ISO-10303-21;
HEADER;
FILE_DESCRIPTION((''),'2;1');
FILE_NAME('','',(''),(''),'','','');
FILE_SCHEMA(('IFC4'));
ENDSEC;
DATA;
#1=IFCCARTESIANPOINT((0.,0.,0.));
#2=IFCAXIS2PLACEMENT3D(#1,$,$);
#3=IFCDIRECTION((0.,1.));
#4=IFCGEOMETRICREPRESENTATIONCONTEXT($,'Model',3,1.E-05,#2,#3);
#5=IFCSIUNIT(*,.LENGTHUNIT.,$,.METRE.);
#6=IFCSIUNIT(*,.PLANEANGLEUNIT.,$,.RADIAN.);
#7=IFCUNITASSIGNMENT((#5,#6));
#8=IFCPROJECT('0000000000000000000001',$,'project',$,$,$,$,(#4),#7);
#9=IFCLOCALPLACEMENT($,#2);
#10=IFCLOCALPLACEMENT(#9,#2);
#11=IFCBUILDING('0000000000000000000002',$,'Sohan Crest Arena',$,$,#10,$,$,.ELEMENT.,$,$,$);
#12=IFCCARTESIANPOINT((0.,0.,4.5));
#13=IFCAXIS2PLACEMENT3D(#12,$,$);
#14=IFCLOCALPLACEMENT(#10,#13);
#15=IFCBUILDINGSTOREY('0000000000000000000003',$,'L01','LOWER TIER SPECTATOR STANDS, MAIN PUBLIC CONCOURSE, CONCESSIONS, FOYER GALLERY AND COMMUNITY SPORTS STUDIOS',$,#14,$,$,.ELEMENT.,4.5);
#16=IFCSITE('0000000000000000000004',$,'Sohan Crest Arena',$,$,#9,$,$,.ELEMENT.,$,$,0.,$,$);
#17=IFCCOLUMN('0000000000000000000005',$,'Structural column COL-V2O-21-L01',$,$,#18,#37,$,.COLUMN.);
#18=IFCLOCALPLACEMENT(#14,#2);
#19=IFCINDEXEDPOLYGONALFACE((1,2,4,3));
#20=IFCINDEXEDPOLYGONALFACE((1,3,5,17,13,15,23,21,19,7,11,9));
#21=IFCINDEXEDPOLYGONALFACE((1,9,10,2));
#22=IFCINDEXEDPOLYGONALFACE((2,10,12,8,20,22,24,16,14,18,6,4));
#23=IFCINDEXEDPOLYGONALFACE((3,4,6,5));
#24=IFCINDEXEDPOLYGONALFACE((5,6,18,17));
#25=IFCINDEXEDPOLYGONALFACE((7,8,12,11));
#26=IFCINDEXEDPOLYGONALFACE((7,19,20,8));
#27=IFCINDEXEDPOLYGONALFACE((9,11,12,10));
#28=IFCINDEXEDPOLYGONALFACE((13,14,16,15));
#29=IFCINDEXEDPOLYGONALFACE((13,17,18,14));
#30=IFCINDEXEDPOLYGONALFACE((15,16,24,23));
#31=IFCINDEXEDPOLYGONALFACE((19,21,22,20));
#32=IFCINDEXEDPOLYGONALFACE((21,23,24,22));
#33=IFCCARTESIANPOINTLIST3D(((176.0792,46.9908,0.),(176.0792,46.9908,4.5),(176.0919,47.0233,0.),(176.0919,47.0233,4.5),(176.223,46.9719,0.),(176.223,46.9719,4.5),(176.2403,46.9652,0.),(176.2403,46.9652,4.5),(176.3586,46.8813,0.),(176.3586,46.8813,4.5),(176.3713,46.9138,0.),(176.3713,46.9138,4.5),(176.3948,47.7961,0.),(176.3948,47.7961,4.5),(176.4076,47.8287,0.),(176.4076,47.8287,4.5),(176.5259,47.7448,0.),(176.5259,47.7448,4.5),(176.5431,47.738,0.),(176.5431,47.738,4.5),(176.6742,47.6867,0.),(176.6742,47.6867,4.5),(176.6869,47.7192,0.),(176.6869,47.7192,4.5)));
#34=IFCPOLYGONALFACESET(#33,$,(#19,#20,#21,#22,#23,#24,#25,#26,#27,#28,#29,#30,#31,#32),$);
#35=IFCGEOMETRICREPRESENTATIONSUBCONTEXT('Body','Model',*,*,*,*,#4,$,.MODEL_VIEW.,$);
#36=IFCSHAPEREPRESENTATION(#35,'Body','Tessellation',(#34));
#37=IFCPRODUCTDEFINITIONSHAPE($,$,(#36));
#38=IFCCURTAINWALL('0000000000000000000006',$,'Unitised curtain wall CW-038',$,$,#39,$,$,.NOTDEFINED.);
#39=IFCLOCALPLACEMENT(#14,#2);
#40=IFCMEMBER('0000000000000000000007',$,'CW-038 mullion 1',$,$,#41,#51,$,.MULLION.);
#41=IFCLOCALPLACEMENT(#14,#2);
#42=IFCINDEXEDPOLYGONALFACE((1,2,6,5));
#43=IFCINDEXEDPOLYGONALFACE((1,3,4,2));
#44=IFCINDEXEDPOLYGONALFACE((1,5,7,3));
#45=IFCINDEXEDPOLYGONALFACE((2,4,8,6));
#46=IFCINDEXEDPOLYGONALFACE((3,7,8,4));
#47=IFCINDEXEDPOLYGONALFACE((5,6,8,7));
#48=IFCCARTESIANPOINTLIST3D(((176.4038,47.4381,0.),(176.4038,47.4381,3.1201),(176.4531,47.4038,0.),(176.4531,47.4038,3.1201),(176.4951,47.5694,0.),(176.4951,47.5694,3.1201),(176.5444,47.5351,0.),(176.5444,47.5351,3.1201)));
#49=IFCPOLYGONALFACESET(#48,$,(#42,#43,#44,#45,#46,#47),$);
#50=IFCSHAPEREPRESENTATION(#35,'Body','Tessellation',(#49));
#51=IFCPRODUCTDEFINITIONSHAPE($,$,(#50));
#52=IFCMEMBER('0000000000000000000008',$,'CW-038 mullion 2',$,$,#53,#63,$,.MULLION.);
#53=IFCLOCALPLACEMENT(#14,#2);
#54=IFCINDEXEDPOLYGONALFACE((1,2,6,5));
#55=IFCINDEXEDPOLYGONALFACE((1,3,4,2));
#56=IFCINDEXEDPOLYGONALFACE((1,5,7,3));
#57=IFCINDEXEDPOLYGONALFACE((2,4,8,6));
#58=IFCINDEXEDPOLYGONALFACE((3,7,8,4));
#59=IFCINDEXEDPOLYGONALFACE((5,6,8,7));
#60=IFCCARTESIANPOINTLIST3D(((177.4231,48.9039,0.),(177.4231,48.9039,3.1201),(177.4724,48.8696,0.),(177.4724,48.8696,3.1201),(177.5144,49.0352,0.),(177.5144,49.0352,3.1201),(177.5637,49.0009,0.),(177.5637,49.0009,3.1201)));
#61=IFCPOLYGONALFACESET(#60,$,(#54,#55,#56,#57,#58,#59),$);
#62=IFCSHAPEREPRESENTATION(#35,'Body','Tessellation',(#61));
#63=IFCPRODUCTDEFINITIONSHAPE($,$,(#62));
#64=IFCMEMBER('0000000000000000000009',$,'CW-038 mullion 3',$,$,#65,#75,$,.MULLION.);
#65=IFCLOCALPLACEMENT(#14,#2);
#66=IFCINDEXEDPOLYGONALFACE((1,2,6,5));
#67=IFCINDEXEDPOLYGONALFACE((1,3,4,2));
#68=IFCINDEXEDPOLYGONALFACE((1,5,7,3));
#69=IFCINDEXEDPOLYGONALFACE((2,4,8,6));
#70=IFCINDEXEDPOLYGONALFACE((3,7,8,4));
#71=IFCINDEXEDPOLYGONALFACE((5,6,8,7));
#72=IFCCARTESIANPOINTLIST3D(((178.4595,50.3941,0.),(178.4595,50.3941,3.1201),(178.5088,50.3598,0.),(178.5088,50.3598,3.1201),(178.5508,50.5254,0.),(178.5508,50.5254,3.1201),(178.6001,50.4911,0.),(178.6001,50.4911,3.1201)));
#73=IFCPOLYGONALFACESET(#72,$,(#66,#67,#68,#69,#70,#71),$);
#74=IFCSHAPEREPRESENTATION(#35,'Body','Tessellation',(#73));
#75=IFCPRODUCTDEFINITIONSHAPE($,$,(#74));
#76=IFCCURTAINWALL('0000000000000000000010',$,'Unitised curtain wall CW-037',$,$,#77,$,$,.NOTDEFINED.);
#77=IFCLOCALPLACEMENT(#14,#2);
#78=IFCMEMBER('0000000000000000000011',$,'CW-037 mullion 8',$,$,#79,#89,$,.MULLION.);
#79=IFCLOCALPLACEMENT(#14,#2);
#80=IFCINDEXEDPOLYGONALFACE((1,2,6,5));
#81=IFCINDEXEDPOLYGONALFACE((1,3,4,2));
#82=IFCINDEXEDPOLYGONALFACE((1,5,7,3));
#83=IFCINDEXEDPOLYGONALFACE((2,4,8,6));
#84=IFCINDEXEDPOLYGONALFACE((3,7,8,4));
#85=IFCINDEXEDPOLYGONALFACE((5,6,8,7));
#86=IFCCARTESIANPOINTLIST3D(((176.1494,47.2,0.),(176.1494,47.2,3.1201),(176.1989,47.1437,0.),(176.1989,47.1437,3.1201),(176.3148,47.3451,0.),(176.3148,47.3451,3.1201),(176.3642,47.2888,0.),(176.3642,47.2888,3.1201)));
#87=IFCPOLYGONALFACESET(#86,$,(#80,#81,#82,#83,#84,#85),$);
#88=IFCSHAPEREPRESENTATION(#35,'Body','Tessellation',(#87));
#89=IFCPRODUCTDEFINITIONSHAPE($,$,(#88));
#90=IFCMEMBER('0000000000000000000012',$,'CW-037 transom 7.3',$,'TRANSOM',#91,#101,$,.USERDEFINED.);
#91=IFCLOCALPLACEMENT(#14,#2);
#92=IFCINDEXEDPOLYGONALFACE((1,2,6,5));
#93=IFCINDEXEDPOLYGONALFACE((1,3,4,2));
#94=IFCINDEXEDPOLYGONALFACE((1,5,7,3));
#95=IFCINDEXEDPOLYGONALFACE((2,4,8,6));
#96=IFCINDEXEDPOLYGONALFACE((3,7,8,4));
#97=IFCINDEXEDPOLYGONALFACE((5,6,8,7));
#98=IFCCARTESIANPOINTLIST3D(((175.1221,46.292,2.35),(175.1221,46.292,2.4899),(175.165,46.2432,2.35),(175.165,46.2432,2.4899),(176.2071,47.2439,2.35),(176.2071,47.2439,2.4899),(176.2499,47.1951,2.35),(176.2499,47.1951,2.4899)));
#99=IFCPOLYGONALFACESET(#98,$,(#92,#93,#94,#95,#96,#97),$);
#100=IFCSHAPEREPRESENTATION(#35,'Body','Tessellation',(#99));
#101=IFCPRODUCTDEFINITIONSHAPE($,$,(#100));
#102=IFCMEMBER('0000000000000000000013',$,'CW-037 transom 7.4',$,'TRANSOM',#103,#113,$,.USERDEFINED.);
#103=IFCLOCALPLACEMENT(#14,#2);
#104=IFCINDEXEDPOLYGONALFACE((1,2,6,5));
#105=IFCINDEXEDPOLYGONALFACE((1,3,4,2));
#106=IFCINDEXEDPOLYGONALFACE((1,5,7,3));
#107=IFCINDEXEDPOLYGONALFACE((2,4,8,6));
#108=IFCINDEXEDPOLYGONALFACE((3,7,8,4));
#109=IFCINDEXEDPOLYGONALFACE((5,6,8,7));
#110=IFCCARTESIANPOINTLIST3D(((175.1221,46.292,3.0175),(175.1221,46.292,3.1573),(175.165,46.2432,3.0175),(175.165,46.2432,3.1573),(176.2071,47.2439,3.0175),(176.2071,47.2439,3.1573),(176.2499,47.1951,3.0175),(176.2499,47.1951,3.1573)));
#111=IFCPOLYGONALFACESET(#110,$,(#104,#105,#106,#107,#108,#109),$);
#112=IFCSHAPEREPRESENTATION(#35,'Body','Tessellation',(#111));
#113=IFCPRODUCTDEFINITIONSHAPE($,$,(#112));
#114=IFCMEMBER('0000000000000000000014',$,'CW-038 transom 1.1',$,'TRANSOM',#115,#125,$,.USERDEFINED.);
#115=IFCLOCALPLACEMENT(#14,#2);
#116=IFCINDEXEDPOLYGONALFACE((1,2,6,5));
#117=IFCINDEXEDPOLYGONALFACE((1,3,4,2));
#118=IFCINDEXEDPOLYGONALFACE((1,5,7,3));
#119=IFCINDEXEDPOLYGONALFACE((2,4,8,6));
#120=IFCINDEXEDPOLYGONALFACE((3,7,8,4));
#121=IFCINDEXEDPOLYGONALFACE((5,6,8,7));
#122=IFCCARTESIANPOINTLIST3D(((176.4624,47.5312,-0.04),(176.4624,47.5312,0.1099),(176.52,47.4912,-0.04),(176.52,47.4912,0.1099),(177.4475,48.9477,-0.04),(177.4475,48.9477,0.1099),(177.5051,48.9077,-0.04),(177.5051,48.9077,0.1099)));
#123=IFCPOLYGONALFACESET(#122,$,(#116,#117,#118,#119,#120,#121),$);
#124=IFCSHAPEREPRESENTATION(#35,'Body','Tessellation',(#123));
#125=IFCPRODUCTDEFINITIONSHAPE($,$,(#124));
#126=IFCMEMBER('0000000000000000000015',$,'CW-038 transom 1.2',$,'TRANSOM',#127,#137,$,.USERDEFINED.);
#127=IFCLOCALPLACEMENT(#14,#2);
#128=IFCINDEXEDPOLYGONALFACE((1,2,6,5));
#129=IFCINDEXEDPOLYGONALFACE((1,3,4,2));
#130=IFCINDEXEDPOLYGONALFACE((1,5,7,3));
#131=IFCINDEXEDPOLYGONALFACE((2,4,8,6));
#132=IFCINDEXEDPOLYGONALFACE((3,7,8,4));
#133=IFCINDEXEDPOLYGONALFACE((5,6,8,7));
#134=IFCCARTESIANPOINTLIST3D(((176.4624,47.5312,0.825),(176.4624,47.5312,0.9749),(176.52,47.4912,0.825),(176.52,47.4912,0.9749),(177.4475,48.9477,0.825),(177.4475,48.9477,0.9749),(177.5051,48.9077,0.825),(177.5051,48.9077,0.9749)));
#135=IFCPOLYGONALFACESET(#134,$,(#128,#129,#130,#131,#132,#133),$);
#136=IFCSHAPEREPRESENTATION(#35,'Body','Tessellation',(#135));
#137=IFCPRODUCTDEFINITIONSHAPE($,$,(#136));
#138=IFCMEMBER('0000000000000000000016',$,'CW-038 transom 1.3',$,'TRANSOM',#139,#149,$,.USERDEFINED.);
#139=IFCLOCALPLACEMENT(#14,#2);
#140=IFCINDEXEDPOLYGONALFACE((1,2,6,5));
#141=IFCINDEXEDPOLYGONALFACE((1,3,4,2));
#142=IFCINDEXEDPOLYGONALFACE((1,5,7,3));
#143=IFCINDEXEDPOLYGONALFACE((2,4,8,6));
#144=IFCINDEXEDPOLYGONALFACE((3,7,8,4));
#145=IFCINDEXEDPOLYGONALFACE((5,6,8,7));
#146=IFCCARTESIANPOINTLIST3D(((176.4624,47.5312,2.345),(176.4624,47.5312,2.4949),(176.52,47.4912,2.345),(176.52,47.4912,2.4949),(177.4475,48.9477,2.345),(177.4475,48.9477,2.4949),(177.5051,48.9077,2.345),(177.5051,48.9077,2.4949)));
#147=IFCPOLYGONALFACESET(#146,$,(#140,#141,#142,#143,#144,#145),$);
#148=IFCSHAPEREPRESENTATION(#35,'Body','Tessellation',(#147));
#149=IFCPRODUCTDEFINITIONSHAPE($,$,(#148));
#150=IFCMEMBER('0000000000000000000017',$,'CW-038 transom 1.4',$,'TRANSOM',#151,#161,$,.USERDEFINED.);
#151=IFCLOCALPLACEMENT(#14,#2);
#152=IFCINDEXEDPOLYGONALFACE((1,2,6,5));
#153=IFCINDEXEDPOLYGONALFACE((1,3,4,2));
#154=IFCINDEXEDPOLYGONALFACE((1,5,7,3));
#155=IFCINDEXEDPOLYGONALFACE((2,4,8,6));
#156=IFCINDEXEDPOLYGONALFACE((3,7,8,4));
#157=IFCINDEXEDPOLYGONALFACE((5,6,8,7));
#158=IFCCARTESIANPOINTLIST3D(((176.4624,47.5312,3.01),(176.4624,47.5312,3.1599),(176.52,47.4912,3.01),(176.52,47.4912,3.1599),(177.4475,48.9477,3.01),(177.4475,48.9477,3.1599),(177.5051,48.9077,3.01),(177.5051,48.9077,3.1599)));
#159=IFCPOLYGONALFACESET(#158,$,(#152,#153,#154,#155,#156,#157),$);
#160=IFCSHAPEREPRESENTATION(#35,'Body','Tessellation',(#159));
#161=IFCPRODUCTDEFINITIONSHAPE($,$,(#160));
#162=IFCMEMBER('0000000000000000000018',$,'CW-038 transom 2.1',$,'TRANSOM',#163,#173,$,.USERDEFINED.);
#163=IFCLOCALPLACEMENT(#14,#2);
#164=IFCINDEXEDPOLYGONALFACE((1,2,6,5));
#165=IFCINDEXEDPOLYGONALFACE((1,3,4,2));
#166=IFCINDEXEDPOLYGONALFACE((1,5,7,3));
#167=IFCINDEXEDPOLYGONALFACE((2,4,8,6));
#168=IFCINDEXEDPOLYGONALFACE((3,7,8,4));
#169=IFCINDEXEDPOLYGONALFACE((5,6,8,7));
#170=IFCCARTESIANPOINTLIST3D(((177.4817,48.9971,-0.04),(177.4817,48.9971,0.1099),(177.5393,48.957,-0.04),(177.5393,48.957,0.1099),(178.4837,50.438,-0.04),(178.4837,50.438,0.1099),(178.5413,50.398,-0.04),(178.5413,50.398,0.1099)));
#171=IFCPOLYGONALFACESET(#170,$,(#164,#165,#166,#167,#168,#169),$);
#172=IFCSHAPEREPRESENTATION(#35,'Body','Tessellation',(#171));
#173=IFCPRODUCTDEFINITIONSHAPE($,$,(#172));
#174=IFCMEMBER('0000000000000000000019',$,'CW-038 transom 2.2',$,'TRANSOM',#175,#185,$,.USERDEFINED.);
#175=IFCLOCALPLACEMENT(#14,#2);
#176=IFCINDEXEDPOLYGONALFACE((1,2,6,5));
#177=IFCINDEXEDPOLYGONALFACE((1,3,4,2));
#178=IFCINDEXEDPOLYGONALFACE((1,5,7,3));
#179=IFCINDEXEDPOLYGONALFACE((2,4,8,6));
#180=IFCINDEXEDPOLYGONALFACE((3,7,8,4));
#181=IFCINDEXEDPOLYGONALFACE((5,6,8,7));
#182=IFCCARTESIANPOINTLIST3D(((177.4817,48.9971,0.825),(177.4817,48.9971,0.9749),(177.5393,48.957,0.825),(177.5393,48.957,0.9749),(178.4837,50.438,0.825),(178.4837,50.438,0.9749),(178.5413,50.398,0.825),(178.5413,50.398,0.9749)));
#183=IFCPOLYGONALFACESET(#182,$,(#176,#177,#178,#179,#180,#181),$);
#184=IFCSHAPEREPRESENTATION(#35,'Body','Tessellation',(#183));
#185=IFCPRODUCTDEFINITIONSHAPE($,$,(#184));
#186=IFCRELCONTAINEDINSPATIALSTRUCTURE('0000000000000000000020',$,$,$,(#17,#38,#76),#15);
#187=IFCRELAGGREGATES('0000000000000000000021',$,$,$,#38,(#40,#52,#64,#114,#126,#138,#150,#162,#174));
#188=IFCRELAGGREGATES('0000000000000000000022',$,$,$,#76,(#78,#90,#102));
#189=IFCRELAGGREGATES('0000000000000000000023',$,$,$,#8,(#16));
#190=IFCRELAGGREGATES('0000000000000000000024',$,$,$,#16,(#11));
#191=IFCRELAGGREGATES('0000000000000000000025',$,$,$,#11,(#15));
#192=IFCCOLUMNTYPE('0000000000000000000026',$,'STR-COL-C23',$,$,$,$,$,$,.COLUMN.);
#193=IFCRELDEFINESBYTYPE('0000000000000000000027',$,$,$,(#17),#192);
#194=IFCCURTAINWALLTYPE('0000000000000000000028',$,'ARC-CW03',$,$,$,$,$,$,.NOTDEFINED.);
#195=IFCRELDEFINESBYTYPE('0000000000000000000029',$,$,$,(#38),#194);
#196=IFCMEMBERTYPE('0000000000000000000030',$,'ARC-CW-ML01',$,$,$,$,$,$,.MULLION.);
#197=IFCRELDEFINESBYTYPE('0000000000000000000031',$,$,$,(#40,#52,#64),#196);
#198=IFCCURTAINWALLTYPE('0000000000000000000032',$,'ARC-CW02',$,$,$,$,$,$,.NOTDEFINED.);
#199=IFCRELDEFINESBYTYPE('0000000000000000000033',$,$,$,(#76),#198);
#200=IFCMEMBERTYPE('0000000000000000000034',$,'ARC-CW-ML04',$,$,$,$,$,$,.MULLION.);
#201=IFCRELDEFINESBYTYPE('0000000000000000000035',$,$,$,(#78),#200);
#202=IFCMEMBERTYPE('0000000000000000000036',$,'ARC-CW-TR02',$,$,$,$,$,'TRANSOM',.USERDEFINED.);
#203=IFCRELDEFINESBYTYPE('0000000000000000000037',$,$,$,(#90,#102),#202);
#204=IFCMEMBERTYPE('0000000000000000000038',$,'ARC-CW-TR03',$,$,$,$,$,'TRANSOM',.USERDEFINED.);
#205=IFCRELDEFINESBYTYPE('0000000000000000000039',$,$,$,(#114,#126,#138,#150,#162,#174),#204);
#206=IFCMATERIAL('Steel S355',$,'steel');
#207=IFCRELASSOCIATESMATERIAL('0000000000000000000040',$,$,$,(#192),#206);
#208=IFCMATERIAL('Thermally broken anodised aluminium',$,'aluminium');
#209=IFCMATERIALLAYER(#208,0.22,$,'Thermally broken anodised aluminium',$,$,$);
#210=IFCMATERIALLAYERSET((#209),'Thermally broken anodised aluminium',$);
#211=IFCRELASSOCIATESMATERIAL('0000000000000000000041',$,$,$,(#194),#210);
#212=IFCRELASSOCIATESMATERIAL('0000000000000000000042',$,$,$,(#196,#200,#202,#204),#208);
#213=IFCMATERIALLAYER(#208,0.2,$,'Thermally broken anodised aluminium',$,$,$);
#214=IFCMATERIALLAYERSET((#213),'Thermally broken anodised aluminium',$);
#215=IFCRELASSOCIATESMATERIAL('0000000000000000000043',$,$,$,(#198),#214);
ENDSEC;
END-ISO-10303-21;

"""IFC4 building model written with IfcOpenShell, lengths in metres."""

from ifc_helpers import new_model, si_unit, direction, frame, origin, origin_2d, place, context, subcontext, project, spatial, rectangle, i_section, extrude, material, layer, layer_set, material_profile, profile_set, type_object, element, aggregate, save


model = new_model("IFC4")

# Units and contexts
model_context = context("Model", 3, precision=1e-05, world=origin(), true_north=direction((0.0, 1.0)))
body_context = subcontext(model_context, "Body", "Model", "MODEL_VIEW")
ifc_project = project(units=[si_unit("LENGTHUNIT", "METRE"), si_unit("PLANEANGLEUNIT", "RADIAN")], contexts=[model_context])

# Site, building, storey
site_placement = place(None, origin())
site = spatial("IfcSite", under=ifc_project, at=site_placement, Name="Sohan Crest Arena", CompositionType="ELEMENT", RefElevation=0.0)
building_placement = place(site_placement, origin())
building = spatial("IfcBuilding", under=site, at=building_placement, Name="Sohan Crest Arena", CompositionType="ELEMENT")
storey_placement = place(building_placement, frame((0.0, 0.0, 4.5)))
storey = spatial("IfcBuildingStorey", under=building, at=storey_placement, Name="L01", Description="LOWER TIER SPECTATOR STANDS, MAIN PUBLIC CONCOURSE, CONCESSIONS, FOYER GALLERY AND COMMUNITY SPORTS STUDIOS", CompositionType="ELEMENT", Elevation=4.5)

# Column
ifc_material_1 = material(Name="Steel S355", Category="steel")
ifc_material_profile_1 = material_profile(ifc_material_1, i_section(OverallWidth=0.3, OverallDepth=0.8999, WebThickness=0.0186, FlangeThickness=0.0349, at=origin_2d()), Name="HEB 900")
ifc_profile_set_1 = profile_set([ifc_material_profile_1], Name="Steel S355")
column_type = type_object("IfcColumnType", Name="STR-COL-C23", PredefinedType="COLUMN", material=ifc_profile_set_1)
column_placement = place(storey_placement, frame((176.3831, 47.355, 0.0), z_axis=(0.0, 0.0, 1.0), x_axis=(-0.931056, 0.364877, 0.0)))
element("IfcColumn", 1, at=column_placement, inside=storey, type_object=column_type, Name="Structural column COL-V2O-21-L01", PredefinedType="COLUMN", context=body_context, shape_type="SweptSolid", body=[
    extrude(i_section(OverallWidth=0.3, OverallDepth=0.8999, WebThickness=0.0186, FlangeThickness=0.0349, at=origin_2d()), origin(), (0.0, 0.0, 1.0), 4.5),
])

# Curtain walls, members
ifc_material_2 = material(Name="Thermally broken anodised aluminium", Category="aluminium")
ifc_layer_1 = layer(ifc_material_2, 0.22, Name="Thermally broken anodised aluminium")
ifc_layer_set_1 = layer_set([ifc_layer_1], Name="Thermally broken anodised aluminium")
curtain_wall_type_1 = type_object("IfcCurtainWallType", Name="ARC-CW03", PredefinedType="NOTDEFINED", material=ifc_layer_set_1)
curtain_wall_1_placement = place(storey_placement, origin())
curtain_wall_1 = element("IfcCurtainWall", 2, at=curtain_wall_1_placement, inside=storey, type_object=curtain_wall_type_1, Name="Unitised curtain wall CW-038", PredefinedType="NOTDEFINED")
ifc_material_profile_2 = material_profile(ifc_material_2, rectangle(XDim=0.0601, YDim=0.1599, at=origin_2d()), Name="ALU-MULL 60x160")
ifc_profile_set_2 = profile_set([ifc_material_profile_2], Name="Thermally broken anodised aluminium")
member_type_1 = type_object("IfcMemberType", Name="ARC-CW-ML01", PredefinedType="MULLION", material=ifc_profile_set_2)
member_1_placement = place(storey_placement, frame((176.4741, 47.4866, 0.0), z_axis=(0.0, 0.0, 1.0), x_axis=(-0.821014, 0.570908, 0.0)))
member_1 = element("IfcMember", 3, at=member_1_placement, type_object=member_type_1, Name="CW-038 mullion 1", PredefinedType="MULLION", context=body_context, shape_type="SweptSolid", body=[
    extrude(rectangle(XDim=0.0601, YDim=0.1599, at=origin_2d()), origin(), (0.0, 0.0, 1.0), 3.1201),
])
member_2_placement = place(storey_placement, frame((177.4934, 48.9524, 0.0), z_axis=(0.0, 0.0, 1.0), x_axis=(-0.821014, 0.570908, 0.0)))
member_2 = element("IfcMember", 4, at=member_2_placement, type_object=member_type_1, Name="CW-038 mullion 2", PredefinedType="MULLION", context=body_context, shape_type="SweptSolid", body=[
    extrude(rectangle(XDim=0.0601, YDim=0.1599, at=origin_2d()), origin(), (0.0, 0.0, 1.0), 3.1201),
])
member_3_placement = place(storey_placement, frame((178.5298, 50.4426, 0.0), z_axis=(0.0, 0.0, 1.0), x_axis=(-0.821014, 0.570908, 0.0)))
member_3 = element("IfcMember", 5, at=member_3_placement, type_object=member_type_1, Name="CW-038 mullion 3", PredefinedType="MULLION", context=body_context, shape_type="SweptSolid", body=[
    extrude(rectangle(XDim=0.0601, YDim=0.1599, at=origin_2d()), origin(), (0.0, 0.0, 1.0), 3.1201),
])
ifc_layer_2 = layer(ifc_material_2, 0.2, Name="Thermally broken anodised aluminium")
ifc_layer_set_2 = layer_set([ifc_layer_2], Name="Thermally broken anodised aluminium")
curtain_wall_type_2 = type_object("IfcCurtainWallType", Name="ARC-CW02", PredefinedType="NOTDEFINED", material=ifc_layer_set_2)
curtain_wall_2_placement = place(storey_placement, origin())
curtain_wall_2 = element("IfcCurtainWall", 6, at=curtain_wall_2_placement, inside=storey, type_object=curtain_wall_type_2, Name="Unitised curtain wall CW-037", PredefinedType="NOTDEFINED")
ifc_material_profile_3 = material_profile(ifc_material_2, rectangle(XDim=0.075, YDim=0.22, at=origin_2d()), Name="ALU-MULL 75x220")
ifc_profile_set_3 = profile_set([ifc_material_profile_3], Name="Thermally broken anodised aluminium")
member_type_2 = type_object("IfcMemberType", Name="ARC-CW-ML04", PredefinedType="MULLION", material=ifc_profile_set_3)
member_4_placement = place(storey_placement, frame((176.2568, 47.2444, 0.0), z_axis=(0.0, 0.0, 1.0), x_axis=(-0.659512, 0.751694, 0.0)))
member_4 = element("IfcMember", 7, at=member_4_placement, type_object=member_type_2, Name="CW-037 mullion 8", PredefinedType="MULLION", context=body_context, shape_type="SweptSolid", body=[
    extrude(rectangle(XDim=0.075, YDim=0.22, at=origin_2d()), origin(), (0.0, 0.0, 1.0), 3.1201),
])
ifc_material_profile_4 = material_profile(ifc_material_2, rectangle(XDim=0.0649, YDim=0.1399, at=origin_2d()), Name="ALU-TRAN 65x140")
ifc_profile_set_4 = profile_set([ifc_material_profile_4], Name="Thermally broken anodised aluminium")
member_type_3 = type_object("IfcMemberType", Name="ARC-CW-TR02", ElementType="TRANSOM", PredefinedType="USERDEFINED", material=ifc_profile_set_4)
member_5_placement = place(storey_placement, frame((175.1436, 46.2676, 2.4199), z_axis=(0.751696, 0.65951, 0.0), x_axis=(-0.65951, 0.751696, 0.0)))
member_5 = element("IfcMember", 8, at=member_5_placement, type_object=member_type_3, Name="CW-037 transom 7.3", ObjectType="TRANSOM", PredefinedType="USERDEFINED", context=body_context, shape_type="SweptSolid", body=[
    extrude(rectangle(XDim=0.0649, YDim=0.1399, at=origin_2d()), origin(), (0.0, 0.0, 1.0), 1.4434),
])
member_6_placement = place(storey_placement, frame((175.1436, 46.2676, 3.0874), z_axis=(0.751696, 0.65951, 0.0), x_axis=(-0.65951, 0.751696, 0.0)))
member_6 = element("IfcMember", 9, at=member_6_placement, type_object=member_type_3, Name="CW-037 transom 7.4", ObjectType="TRANSOM", PredefinedType="USERDEFINED", context=body_context, shape_type="SweptSolid", body=[
    extrude(rectangle(XDim=0.0649, YDim=0.1399, at=origin_2d()), origin(), (0.0, 0.0, 1.0), 1.4434),
])

# Members
ifc_material_profile_5 = material_profile(ifc_material_2, rectangle(XDim=0.0701, YDim=0.1499, at=origin_2d()), Name="ALU-TRAN 70x150")
ifc_profile_set_5 = profile_set([ifc_material_profile_5], Name="Thermally broken anodised aluminium")
member_type_4 = type_object("IfcMemberType", Name="ARC-CW-TR03", ElementType="TRANSOM", PredefinedType="USERDEFINED", material=ifc_profile_set_5)
member_7_placement = place(storey_placement, frame((176.4912, 47.5112, 0.0349), z_axis=(0.570953, 0.820983, 0.0), x_axis=(-0.820983, 0.570953, 0.0)))
member_7 = element("IfcMember", 10, at=member_7_placement, type_object=member_type_4, Name="CW-038 transom 1.1", ObjectType="TRANSOM", PredefinedType="USERDEFINED", context=body_context, shape_type="SweptSolid", body=[
    extrude(rectangle(XDim=0.0701, YDim=0.1499, at=origin_2d()), origin(), (0.0, 0.0, 1.0), 1.7253),
])
member_8_placement = place(storey_placement, frame((176.4912, 47.5112, 0.8999), z_axis=(0.570953, 0.820983, 0.0), x_axis=(-0.820983, 0.570953, 0.0)))
member_8 = element("IfcMember", 11, at=member_8_placement, type_object=member_type_4, Name="CW-038 transom 1.2", ObjectType="TRANSOM", PredefinedType="USERDEFINED", context=body_context, shape_type="SweptSolid", body=[
    extrude(rectangle(XDim=0.0701, YDim=0.1499, at=origin_2d()), origin(), (0.0, 0.0, 1.0), 1.7253),
])
member_9_placement = place(storey_placement, frame((176.4912, 47.5112, 2.4199), z_axis=(0.570953, 0.820983, 0.0), x_axis=(-0.820983, 0.570953, 0.0)))
member_9 = element("IfcMember", 12, at=member_9_placement, type_object=member_type_4, Name="CW-038 transom 1.3", ObjectType="TRANSOM", PredefinedType="USERDEFINED", context=body_context, shape_type="SweptSolid", body=[
    extrude(rectangle(XDim=0.0701, YDim=0.1499, at=origin_2d()), origin(), (0.0, 0.0, 1.0), 1.7253),
])
member_10_placement = place(storey_placement, frame((176.4912, 47.5112, 3.085), z_axis=(0.570953, 0.820983, 0.0), x_axis=(-0.820983, 0.570953, 0.0)))
member_10 = element("IfcMember", 13, at=member_10_placement, type_object=member_type_4, Name="CW-038 transom 1.4", ObjectType="TRANSOM", PredefinedType="USERDEFINED", context=body_context, shape_type="SweptSolid", body=[
    extrude(rectangle(XDim=0.0701, YDim=0.1499, at=origin_2d()), origin(), (0.0, 0.0, 1.0), 1.7253),
])
member_11_placement = place(storey_placement, frame((177.5105, 48.9771, 0.0349), z_axis=(0.570901, 0.821019, 0.0), x_axis=(-0.821019, 0.570901, 0.0)))
member_11 = element("IfcMember", 14, at=member_11_placement, type_object=member_type_4, Name="CW-038 transom 2.1", ObjectType="TRANSOM", PredefinedType="USERDEFINED", context=body_context, shape_type="SweptSolid", body=[
    extrude(rectangle(XDim=0.0701, YDim=0.1499, at=origin_2d()), origin(), (0.0, 0.0, 1.0), 1.7551),
])
member_12_placement = place(storey_placement, frame((177.5105, 48.9771, 0.8999), z_axis=(0.570901, 0.821019, 0.0), x_axis=(-0.821019, 0.570901, 0.0)))
member_12 = element("IfcMember", 15, at=member_12_placement, type_object=member_type_4, Name="CW-038 transom 2.2", ObjectType="TRANSOM", PredefinedType="USERDEFINED", context=body_context, shape_type="SweptSolid", body=[
    extrude(rectangle(XDim=0.0701, YDim=0.1499, at=origin_2d()), origin(), (0.0, 0.0, 1.0), 1.7551),
])

aggregate(curtain_wall_1, [member_1, member_2, member_3, member_7, member_8, member_9, member_10, member_11, member_12])
aggregate(curtain_wall_2, [member_4, member_5, member_6])

save(model, "model.ifc")
